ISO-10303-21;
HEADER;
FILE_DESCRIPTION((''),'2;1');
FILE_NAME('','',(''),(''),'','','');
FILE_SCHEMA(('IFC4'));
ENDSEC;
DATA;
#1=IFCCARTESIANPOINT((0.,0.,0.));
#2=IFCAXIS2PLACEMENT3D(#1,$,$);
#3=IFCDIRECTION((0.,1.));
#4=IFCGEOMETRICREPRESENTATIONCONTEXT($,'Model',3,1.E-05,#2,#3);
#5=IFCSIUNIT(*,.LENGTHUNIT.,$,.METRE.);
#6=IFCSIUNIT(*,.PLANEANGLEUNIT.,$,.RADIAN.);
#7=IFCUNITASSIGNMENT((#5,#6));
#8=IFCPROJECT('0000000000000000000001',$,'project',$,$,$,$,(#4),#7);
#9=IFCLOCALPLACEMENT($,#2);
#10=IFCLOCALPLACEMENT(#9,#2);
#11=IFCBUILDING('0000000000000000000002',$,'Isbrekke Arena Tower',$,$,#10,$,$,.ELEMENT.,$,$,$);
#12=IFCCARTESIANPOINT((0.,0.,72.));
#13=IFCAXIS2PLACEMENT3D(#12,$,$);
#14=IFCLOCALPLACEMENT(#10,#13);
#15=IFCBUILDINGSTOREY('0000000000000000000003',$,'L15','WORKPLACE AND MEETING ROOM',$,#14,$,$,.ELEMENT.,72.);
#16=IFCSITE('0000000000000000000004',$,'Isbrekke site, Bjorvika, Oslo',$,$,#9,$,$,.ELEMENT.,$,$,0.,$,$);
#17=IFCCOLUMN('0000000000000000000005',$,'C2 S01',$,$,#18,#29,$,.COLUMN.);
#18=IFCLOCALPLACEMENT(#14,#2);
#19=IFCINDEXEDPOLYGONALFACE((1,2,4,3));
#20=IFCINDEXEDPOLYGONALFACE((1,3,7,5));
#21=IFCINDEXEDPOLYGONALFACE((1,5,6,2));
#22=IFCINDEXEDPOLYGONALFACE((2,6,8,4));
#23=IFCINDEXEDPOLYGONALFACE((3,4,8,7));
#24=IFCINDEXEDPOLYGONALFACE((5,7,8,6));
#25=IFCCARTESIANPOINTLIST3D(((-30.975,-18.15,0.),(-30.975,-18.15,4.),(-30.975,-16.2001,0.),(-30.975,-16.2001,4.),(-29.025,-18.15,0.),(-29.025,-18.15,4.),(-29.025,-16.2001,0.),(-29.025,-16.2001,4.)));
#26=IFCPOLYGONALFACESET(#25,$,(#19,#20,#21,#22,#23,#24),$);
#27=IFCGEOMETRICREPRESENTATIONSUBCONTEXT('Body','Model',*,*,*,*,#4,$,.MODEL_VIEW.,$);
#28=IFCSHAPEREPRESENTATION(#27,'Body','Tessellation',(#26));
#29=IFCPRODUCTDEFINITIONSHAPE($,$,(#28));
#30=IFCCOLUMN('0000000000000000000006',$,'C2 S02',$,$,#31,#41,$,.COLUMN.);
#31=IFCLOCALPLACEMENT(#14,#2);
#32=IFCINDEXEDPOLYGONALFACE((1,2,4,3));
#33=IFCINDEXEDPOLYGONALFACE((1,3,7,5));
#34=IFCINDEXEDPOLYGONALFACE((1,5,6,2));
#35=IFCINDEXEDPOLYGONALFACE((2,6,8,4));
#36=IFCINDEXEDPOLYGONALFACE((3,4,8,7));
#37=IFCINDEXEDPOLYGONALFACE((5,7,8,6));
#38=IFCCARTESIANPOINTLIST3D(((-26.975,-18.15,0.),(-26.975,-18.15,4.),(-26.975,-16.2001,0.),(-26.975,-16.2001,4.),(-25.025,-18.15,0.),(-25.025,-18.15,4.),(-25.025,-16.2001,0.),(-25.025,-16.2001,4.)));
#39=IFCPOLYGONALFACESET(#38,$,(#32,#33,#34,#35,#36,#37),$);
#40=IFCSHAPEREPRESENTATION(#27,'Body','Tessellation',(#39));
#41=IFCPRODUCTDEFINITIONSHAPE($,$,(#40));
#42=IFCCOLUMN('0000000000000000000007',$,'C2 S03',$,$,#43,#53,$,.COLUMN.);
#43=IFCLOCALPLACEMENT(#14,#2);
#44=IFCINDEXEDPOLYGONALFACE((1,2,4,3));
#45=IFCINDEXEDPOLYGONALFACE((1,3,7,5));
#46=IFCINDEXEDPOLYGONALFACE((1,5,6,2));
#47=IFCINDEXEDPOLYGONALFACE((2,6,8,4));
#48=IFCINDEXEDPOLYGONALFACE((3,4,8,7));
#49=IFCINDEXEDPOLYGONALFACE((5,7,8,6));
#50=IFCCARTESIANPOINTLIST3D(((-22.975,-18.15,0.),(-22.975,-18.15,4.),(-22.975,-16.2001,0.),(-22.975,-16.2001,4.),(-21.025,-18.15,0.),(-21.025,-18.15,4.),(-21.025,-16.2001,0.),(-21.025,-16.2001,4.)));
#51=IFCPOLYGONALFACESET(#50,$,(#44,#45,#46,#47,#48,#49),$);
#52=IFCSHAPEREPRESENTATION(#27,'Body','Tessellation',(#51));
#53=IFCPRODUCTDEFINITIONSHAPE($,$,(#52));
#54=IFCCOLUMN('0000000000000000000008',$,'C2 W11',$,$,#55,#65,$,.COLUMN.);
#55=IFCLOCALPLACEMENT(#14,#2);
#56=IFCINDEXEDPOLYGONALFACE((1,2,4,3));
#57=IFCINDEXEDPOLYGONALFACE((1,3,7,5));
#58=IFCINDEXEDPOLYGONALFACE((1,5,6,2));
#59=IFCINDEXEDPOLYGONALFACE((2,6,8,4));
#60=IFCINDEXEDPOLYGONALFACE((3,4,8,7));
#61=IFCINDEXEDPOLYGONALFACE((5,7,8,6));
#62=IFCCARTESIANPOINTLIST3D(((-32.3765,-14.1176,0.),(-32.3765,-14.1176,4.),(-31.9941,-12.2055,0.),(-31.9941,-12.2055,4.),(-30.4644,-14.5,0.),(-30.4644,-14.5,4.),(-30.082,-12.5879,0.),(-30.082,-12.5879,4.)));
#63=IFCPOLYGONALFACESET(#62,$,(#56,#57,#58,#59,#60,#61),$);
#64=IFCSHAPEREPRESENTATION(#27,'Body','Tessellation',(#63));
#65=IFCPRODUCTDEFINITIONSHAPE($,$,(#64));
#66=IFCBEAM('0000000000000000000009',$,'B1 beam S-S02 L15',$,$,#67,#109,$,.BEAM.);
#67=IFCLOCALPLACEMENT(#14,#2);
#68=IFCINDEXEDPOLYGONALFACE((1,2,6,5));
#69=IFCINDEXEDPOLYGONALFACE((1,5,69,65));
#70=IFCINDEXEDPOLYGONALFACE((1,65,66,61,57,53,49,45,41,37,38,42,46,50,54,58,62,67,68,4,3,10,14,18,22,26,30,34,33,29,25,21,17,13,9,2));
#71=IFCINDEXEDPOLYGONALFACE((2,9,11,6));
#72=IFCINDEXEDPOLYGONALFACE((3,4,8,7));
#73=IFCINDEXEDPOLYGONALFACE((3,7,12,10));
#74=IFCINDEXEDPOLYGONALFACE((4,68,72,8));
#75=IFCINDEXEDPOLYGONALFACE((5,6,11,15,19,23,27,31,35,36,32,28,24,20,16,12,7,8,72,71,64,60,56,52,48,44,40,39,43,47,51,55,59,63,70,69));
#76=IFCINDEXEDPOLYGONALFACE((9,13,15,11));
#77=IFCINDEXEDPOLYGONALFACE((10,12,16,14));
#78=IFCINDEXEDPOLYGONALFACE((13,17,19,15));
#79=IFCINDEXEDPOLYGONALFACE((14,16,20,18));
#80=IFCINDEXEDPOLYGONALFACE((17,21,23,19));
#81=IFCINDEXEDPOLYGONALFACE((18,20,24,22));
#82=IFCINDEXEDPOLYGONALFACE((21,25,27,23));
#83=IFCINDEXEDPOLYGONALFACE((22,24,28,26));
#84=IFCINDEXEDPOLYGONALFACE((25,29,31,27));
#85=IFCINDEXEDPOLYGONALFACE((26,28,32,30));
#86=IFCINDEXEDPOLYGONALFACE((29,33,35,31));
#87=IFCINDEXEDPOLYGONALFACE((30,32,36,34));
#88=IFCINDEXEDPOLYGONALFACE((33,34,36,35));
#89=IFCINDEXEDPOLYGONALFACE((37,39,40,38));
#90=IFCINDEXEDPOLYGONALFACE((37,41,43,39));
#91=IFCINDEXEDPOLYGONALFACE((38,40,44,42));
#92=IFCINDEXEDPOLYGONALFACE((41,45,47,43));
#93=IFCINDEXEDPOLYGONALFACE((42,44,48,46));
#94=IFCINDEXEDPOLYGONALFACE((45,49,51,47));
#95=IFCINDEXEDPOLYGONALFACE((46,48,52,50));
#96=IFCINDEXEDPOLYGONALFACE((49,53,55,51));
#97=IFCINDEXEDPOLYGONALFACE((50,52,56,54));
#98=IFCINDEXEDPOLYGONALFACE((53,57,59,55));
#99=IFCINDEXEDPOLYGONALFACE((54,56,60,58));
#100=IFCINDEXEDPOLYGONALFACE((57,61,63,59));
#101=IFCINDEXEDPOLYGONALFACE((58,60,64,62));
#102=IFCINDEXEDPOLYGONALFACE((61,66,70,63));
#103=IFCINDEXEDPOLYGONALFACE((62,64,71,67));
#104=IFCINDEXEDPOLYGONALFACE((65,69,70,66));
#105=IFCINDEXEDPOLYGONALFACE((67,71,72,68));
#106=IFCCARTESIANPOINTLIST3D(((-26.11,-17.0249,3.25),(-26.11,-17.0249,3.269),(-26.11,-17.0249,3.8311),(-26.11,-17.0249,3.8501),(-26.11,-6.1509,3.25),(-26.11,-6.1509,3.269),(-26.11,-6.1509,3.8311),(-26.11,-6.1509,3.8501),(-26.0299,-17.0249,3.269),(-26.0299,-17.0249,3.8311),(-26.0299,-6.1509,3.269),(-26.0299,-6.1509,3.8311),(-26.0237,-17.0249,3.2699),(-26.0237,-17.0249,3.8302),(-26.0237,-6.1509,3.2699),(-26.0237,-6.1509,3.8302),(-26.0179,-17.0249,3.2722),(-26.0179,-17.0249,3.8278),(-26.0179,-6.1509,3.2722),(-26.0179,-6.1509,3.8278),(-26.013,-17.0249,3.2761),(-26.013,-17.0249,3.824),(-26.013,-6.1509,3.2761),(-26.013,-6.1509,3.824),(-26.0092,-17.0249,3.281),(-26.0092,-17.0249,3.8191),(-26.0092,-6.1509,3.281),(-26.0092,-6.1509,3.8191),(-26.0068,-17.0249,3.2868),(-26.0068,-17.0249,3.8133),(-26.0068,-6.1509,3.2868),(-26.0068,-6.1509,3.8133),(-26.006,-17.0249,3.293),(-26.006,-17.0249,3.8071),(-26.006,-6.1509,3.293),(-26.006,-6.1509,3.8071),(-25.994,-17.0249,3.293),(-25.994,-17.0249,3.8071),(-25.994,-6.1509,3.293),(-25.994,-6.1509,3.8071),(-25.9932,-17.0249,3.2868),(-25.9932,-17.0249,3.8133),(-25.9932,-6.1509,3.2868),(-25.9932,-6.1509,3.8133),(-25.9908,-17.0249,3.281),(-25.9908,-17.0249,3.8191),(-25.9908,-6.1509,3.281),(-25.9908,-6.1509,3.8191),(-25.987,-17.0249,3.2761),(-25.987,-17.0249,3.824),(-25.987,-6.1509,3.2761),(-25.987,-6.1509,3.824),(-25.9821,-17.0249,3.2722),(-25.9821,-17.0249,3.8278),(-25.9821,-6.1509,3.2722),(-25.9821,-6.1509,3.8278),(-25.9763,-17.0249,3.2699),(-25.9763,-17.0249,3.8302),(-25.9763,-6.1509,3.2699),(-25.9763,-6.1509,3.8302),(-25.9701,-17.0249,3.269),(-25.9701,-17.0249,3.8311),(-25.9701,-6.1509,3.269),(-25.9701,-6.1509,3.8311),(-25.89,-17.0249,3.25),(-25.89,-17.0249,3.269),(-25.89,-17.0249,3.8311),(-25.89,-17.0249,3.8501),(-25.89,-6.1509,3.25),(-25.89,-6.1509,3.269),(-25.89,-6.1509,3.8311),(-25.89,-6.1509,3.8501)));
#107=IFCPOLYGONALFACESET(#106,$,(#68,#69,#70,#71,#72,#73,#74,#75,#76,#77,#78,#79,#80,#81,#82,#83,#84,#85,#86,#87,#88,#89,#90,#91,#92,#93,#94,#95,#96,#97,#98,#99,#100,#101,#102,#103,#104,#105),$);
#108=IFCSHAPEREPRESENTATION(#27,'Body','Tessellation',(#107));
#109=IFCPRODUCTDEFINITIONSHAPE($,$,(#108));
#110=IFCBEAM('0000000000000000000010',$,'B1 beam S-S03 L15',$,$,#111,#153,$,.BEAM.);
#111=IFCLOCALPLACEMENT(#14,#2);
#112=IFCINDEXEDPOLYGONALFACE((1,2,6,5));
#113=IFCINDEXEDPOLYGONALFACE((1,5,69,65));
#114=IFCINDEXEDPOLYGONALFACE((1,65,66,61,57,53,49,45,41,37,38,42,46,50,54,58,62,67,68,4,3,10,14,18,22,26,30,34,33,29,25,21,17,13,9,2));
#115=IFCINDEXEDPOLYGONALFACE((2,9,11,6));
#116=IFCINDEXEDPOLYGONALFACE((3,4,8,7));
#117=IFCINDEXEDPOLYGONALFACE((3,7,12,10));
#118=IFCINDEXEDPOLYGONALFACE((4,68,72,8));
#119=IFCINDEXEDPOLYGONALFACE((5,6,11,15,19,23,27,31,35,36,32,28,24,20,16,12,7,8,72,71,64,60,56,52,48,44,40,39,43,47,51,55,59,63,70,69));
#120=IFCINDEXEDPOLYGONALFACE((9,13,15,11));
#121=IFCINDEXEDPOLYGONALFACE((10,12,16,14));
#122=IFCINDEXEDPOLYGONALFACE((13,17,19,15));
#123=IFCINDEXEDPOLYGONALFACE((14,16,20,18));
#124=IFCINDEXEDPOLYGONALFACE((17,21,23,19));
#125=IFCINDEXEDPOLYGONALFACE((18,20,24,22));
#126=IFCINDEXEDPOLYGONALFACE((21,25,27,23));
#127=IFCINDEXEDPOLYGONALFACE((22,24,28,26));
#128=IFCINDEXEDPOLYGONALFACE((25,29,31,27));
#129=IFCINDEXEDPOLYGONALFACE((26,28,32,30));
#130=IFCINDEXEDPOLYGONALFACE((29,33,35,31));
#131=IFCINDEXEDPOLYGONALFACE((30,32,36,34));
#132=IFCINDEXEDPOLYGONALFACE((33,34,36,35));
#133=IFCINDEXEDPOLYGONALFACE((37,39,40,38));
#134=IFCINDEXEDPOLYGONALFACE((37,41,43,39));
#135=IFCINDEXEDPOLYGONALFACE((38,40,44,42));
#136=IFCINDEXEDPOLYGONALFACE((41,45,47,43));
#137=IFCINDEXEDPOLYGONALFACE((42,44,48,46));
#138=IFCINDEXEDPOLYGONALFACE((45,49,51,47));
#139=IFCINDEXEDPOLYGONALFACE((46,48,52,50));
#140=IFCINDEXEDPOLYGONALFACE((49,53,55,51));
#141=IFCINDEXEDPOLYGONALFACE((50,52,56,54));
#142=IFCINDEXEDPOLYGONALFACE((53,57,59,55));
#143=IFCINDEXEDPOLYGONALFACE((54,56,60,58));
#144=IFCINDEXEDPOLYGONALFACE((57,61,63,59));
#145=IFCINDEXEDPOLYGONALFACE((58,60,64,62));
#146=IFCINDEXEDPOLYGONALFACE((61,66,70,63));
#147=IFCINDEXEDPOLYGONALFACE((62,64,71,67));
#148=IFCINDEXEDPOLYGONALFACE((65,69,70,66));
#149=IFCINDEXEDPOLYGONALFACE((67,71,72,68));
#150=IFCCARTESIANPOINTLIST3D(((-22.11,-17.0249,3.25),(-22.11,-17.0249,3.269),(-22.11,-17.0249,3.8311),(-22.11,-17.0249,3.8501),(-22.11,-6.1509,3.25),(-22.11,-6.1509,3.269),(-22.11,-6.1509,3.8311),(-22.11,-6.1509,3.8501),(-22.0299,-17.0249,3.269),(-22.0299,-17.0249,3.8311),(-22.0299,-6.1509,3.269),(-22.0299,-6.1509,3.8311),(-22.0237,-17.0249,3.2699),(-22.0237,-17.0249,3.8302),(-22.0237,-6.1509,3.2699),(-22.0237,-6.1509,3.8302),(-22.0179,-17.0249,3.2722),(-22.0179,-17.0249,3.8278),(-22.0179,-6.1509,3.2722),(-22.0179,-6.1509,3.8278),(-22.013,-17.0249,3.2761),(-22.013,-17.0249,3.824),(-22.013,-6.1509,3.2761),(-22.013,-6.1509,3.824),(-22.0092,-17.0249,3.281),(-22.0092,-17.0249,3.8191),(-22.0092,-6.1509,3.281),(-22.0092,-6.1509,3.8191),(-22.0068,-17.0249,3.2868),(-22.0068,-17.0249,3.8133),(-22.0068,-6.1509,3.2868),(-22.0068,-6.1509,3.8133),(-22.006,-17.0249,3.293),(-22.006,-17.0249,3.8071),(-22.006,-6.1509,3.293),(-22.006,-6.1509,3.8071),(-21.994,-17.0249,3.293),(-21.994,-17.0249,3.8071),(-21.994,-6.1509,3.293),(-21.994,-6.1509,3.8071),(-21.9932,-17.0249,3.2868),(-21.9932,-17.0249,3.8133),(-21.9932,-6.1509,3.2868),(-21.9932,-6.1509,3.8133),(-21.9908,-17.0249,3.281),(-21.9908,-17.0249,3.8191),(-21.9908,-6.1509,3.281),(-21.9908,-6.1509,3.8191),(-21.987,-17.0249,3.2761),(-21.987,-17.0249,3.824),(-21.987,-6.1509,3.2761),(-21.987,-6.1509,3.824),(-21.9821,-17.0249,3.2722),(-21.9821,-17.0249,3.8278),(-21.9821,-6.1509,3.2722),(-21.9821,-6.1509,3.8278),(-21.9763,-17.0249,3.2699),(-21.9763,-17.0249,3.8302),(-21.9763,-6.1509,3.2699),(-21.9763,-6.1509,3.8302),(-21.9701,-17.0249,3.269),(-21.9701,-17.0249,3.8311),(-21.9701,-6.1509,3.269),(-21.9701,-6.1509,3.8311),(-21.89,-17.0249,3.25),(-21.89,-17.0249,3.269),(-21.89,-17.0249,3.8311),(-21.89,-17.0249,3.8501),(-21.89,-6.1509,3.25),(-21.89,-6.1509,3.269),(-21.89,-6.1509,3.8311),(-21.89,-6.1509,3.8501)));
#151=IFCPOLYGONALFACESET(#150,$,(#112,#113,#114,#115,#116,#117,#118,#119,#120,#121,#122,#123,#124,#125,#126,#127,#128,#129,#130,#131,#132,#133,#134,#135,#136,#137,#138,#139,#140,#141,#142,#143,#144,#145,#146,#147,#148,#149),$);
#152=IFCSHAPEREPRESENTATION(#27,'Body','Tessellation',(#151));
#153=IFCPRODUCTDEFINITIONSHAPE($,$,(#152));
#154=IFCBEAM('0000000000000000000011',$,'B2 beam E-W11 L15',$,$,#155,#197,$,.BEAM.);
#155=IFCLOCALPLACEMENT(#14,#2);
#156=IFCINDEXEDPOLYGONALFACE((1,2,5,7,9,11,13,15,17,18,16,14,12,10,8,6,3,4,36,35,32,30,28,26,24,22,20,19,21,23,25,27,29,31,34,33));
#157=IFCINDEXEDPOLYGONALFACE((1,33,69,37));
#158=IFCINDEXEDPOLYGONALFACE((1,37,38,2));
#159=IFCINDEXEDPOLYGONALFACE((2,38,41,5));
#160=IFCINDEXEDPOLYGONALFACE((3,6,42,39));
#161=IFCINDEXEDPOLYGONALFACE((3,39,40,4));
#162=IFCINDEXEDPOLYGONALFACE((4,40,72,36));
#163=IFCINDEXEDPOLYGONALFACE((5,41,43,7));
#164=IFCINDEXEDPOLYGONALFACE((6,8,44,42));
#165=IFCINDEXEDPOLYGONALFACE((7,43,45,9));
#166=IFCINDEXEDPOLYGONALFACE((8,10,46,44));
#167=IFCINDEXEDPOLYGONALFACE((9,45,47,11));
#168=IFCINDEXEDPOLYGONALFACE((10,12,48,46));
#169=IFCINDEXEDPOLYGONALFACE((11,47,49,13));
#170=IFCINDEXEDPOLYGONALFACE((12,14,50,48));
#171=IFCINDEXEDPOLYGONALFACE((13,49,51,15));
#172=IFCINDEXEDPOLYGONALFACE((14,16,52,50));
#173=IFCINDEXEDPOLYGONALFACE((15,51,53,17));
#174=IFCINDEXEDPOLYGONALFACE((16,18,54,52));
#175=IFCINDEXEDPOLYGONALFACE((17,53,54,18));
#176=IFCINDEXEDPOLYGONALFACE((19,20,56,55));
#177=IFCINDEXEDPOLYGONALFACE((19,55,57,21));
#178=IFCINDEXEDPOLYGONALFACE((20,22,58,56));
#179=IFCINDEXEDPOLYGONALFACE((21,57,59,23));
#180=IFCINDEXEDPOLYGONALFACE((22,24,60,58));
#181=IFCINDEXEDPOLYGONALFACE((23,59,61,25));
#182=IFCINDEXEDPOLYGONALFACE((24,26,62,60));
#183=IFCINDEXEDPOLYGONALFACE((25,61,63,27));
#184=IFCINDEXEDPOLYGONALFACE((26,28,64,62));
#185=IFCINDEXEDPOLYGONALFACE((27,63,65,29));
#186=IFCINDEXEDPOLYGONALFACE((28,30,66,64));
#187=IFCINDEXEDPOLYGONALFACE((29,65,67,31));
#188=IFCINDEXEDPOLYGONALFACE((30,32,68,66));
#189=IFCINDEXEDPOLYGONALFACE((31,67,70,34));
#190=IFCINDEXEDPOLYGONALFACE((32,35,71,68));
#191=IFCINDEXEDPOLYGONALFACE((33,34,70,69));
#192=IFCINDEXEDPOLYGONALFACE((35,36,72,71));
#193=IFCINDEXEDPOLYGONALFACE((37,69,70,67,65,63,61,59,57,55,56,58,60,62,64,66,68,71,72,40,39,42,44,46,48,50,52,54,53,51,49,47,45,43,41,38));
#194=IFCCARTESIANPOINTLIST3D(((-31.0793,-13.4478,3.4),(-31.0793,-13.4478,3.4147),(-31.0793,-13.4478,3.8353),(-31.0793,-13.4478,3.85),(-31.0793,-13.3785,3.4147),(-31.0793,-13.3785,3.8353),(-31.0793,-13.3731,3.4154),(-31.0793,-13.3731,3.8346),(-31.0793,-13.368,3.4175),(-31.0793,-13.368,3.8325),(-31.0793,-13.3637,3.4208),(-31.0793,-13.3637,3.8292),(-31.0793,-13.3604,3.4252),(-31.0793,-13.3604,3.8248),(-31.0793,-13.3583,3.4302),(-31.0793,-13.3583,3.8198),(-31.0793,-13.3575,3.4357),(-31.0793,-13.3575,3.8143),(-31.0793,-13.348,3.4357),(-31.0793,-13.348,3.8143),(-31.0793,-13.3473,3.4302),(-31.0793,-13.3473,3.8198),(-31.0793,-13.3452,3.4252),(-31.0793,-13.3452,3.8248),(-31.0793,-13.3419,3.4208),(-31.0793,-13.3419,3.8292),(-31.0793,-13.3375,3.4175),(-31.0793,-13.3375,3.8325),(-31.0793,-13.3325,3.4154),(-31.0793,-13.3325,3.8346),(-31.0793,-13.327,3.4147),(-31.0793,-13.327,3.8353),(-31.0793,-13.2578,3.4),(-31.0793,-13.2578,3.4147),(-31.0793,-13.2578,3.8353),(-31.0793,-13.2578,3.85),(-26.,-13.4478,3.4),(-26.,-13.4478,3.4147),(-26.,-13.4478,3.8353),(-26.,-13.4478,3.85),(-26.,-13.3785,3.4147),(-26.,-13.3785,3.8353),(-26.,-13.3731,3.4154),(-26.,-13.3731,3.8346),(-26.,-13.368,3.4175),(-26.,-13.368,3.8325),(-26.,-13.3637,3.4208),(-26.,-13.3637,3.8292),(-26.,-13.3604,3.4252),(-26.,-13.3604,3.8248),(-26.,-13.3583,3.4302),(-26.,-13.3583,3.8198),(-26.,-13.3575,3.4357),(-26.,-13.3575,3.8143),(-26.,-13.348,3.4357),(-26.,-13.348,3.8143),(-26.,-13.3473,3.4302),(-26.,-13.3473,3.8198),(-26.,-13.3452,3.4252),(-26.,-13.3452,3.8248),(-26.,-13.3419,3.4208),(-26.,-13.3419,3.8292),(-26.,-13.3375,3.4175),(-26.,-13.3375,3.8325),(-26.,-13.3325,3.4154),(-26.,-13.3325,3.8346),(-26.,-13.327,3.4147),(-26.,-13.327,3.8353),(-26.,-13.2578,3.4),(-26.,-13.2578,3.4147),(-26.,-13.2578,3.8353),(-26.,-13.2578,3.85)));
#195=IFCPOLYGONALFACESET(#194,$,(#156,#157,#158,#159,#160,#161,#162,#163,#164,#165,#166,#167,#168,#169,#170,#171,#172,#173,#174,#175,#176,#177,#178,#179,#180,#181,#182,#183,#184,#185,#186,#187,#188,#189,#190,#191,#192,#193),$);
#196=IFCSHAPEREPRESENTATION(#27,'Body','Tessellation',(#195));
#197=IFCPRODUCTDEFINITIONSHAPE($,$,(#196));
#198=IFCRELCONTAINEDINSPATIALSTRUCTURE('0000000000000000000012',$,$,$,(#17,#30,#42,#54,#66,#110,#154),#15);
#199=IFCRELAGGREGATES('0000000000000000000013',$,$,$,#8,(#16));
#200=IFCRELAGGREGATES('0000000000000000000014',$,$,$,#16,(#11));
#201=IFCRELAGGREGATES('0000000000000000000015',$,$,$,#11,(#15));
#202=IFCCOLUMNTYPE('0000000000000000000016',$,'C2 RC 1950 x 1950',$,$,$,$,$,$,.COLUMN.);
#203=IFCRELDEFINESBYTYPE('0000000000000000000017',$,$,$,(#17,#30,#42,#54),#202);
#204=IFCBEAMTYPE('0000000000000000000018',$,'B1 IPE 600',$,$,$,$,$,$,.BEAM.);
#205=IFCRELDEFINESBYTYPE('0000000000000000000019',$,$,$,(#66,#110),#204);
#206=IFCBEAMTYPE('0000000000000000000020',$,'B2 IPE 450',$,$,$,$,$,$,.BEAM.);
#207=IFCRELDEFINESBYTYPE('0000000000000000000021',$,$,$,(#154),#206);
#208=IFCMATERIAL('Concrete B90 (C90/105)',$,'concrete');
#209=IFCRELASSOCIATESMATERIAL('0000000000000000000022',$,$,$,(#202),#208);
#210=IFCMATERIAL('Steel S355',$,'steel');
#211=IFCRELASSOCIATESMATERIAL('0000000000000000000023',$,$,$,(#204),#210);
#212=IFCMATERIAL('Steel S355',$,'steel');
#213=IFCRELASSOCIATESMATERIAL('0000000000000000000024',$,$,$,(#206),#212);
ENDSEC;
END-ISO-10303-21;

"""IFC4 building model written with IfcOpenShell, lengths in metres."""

from ifc_helpers import new_model, si_unit, direction, frame, origin, origin_2d, place, context, subcontext, project, spatial, rectangle, i_section, extrude, material, material_profile, profile_set, type_object, element, save


model = new_model("IFC4")

# Units and contexts
model_context = context("Model", 3, precision=1e-05, world=origin(), true_north=direction((0.0, 1.0)))
body_context = subcontext(model_context, "Body", "Model", "MODEL_VIEW")
ifc_project = project(units=[si_unit("LENGTHUNIT", "METRE"), si_unit("PLANEANGLEUNIT", "RADIAN")], contexts=[model_context])

# Site, building, storey
site_placement = place(None, origin())
site = spatial("IfcSite", under=ifc_project, at=site_placement, Name="Isbrekke site, Bjorvika, Oslo", CompositionType="ELEMENT", RefElevation=0.0)
building_placement = place(site_placement, origin())
building = spatial("IfcBuilding", under=site, at=building_placement, Name="Isbrekke Arena Tower", CompositionType="ELEMENT")
storey_placement = place(building_placement, frame((0.0, 0.0, 72.0)))
storey = spatial("IfcBuildingStorey", under=building, at=storey_placement, Name="L15", Description="WORKPLACE AND MEETING ROOM", CompositionType="ELEMENT", Elevation=72.0)

# Columns
ifc_material_1 = material(Name="Concrete B90 (C90/105)", Category="concrete")
ifc_material_profile_1 = material_profile(ifc_material_1, rectangle(XDim=1.95, YDim=1.95, at=origin_2d()), Name="RC 1950x1950")
ifc_profile_set_1 = profile_set([ifc_material_profile_1], Name="Concrete B90 (C90/105)")
column_type = type_object("IfcColumnType", Name="C2 RC 1950 x 1950", PredefinedType="COLUMN", material=ifc_profile_set_1)
for number, where, z_axis, x_axis, name in (
    (1, (-30.0, -17.175, 0.0), (0.0, 0.0, 1.0), (1.0, 0.0, 0.0), "C2 S01"),
    (2, (-26.0, -17.175, 0.0), (0.0, 0.0, 1.0), (1.0, 0.0, 0.0), "C2 S02"),
    (3, (-22.0, -17.175, 0.0), (0.0, 0.0, 1.0), (1.0, 0.0, 0.0), "C2 S03"),
    (4, (-31.2292, -13.3528, 0.0), (0.0, 0.0, 1.0), (-0.196116, -0.980581, 0.0), "C2 W11"),
):
    element("IfcColumn", number, at=place(storey_placement, frame(where, z_axis=z_axis, x_axis=x_axis)), inside=storey, type_object=column_type, Name=name, PredefinedType="COLUMN", context=body_context, shape_type="SweptSolid", body=[
        extrude(rectangle(XDim=1.95, YDim=1.95, at=origin_2d()), origin(), (0.0, 0.0, 1.0), 4.0),
    ])

# Beams
ifc_material_2 = material(Name="Steel S355", Category="steel")
ifc_material_profile_2 = material_profile(ifc_material_2, i_section(OverallWidth=0.22, OverallDepth=0.6001, WebThickness=0.012, FlangeThickness=0.019, FilletRadius=0.0239, at=origin_2d()), Name="IPE 600")
ifc_profile_set_2 = profile_set([ifc_material_profile_2], Name="Steel S355")
beam_type_1 = type_object("IfcBeamType", Name="B1 IPE 600", PredefinedType="BEAM", material=ifc_profile_set_2)
for number, where, z_axis, x_axis, name in (
    (5, (-26.0, -17.0249, 3.55), (0.0, 1.0, 0.0), (-1.0, 0.0, 0.0), "B1 beam S-S02 L15"),
    (6, (-22.0, -17.0249, 3.55), (0.0, 1.0, 0.0), (-1.0, 0.0, 0.0), "B1 beam S-S03 L15"),
):
    element("IfcBeam", number, at=place(storey_placement, frame(where, z_axis=z_axis, x_axis=x_axis)), inside=storey, type_object=beam_type_1, Name=name, PredefinedType="BEAM", context=body_context, shape_type="SweptSolid", body=[
        extrude(i_section(OverallWidth=0.22, OverallDepth=0.6001, WebThickness=0.012, FlangeThickness=0.019, FilletRadius=0.0239, at=origin_2d()), origin(), (0.0, 0.0, 1.0), 10.874),
    ])
ifc_material_3 = material(Name="Steel S355", Category="steel")
ifc_material_profile_3 = material_profile(ifc_material_3, i_section(OverallWidth=0.1899, OverallDepth=0.45, WebThickness=0.0095, FlangeThickness=0.0146, FilletRadius=0.021, at=origin_2d()), Name="IPE 450")
ifc_profile_set_3 = profile_set([ifc_material_profile_3], Name="Steel S355")
beam_type_2 = type_object("IfcBeamType", Name="B2 IPE 450", PredefinedType="BEAM", material=ifc_profile_set_3)
beam_1_placement = place(storey_placement, frame((-31.0793, -13.3528, 3.625), z_axis=(1.0, 0.0, 0.0), x_axis=(0.0, 1.0, 0.0)))
element("IfcBeam", 7, at=beam_1_placement, inside=storey, type_object=beam_type_2, Name="B2 beam E-W11 L15", PredefinedType="BEAM", context=body_context, shape_type="SweptSolid", body=[
    extrude(i_section(OverallWidth=0.1899, OverallDepth=0.45, WebThickness=0.0095, FlangeThickness=0.0146, FilletRadius=0.021, at=origin_2d()), origin(), (0.0, 0.0, 1.0), 5.0793),
])

save(model, "model.ifc")
